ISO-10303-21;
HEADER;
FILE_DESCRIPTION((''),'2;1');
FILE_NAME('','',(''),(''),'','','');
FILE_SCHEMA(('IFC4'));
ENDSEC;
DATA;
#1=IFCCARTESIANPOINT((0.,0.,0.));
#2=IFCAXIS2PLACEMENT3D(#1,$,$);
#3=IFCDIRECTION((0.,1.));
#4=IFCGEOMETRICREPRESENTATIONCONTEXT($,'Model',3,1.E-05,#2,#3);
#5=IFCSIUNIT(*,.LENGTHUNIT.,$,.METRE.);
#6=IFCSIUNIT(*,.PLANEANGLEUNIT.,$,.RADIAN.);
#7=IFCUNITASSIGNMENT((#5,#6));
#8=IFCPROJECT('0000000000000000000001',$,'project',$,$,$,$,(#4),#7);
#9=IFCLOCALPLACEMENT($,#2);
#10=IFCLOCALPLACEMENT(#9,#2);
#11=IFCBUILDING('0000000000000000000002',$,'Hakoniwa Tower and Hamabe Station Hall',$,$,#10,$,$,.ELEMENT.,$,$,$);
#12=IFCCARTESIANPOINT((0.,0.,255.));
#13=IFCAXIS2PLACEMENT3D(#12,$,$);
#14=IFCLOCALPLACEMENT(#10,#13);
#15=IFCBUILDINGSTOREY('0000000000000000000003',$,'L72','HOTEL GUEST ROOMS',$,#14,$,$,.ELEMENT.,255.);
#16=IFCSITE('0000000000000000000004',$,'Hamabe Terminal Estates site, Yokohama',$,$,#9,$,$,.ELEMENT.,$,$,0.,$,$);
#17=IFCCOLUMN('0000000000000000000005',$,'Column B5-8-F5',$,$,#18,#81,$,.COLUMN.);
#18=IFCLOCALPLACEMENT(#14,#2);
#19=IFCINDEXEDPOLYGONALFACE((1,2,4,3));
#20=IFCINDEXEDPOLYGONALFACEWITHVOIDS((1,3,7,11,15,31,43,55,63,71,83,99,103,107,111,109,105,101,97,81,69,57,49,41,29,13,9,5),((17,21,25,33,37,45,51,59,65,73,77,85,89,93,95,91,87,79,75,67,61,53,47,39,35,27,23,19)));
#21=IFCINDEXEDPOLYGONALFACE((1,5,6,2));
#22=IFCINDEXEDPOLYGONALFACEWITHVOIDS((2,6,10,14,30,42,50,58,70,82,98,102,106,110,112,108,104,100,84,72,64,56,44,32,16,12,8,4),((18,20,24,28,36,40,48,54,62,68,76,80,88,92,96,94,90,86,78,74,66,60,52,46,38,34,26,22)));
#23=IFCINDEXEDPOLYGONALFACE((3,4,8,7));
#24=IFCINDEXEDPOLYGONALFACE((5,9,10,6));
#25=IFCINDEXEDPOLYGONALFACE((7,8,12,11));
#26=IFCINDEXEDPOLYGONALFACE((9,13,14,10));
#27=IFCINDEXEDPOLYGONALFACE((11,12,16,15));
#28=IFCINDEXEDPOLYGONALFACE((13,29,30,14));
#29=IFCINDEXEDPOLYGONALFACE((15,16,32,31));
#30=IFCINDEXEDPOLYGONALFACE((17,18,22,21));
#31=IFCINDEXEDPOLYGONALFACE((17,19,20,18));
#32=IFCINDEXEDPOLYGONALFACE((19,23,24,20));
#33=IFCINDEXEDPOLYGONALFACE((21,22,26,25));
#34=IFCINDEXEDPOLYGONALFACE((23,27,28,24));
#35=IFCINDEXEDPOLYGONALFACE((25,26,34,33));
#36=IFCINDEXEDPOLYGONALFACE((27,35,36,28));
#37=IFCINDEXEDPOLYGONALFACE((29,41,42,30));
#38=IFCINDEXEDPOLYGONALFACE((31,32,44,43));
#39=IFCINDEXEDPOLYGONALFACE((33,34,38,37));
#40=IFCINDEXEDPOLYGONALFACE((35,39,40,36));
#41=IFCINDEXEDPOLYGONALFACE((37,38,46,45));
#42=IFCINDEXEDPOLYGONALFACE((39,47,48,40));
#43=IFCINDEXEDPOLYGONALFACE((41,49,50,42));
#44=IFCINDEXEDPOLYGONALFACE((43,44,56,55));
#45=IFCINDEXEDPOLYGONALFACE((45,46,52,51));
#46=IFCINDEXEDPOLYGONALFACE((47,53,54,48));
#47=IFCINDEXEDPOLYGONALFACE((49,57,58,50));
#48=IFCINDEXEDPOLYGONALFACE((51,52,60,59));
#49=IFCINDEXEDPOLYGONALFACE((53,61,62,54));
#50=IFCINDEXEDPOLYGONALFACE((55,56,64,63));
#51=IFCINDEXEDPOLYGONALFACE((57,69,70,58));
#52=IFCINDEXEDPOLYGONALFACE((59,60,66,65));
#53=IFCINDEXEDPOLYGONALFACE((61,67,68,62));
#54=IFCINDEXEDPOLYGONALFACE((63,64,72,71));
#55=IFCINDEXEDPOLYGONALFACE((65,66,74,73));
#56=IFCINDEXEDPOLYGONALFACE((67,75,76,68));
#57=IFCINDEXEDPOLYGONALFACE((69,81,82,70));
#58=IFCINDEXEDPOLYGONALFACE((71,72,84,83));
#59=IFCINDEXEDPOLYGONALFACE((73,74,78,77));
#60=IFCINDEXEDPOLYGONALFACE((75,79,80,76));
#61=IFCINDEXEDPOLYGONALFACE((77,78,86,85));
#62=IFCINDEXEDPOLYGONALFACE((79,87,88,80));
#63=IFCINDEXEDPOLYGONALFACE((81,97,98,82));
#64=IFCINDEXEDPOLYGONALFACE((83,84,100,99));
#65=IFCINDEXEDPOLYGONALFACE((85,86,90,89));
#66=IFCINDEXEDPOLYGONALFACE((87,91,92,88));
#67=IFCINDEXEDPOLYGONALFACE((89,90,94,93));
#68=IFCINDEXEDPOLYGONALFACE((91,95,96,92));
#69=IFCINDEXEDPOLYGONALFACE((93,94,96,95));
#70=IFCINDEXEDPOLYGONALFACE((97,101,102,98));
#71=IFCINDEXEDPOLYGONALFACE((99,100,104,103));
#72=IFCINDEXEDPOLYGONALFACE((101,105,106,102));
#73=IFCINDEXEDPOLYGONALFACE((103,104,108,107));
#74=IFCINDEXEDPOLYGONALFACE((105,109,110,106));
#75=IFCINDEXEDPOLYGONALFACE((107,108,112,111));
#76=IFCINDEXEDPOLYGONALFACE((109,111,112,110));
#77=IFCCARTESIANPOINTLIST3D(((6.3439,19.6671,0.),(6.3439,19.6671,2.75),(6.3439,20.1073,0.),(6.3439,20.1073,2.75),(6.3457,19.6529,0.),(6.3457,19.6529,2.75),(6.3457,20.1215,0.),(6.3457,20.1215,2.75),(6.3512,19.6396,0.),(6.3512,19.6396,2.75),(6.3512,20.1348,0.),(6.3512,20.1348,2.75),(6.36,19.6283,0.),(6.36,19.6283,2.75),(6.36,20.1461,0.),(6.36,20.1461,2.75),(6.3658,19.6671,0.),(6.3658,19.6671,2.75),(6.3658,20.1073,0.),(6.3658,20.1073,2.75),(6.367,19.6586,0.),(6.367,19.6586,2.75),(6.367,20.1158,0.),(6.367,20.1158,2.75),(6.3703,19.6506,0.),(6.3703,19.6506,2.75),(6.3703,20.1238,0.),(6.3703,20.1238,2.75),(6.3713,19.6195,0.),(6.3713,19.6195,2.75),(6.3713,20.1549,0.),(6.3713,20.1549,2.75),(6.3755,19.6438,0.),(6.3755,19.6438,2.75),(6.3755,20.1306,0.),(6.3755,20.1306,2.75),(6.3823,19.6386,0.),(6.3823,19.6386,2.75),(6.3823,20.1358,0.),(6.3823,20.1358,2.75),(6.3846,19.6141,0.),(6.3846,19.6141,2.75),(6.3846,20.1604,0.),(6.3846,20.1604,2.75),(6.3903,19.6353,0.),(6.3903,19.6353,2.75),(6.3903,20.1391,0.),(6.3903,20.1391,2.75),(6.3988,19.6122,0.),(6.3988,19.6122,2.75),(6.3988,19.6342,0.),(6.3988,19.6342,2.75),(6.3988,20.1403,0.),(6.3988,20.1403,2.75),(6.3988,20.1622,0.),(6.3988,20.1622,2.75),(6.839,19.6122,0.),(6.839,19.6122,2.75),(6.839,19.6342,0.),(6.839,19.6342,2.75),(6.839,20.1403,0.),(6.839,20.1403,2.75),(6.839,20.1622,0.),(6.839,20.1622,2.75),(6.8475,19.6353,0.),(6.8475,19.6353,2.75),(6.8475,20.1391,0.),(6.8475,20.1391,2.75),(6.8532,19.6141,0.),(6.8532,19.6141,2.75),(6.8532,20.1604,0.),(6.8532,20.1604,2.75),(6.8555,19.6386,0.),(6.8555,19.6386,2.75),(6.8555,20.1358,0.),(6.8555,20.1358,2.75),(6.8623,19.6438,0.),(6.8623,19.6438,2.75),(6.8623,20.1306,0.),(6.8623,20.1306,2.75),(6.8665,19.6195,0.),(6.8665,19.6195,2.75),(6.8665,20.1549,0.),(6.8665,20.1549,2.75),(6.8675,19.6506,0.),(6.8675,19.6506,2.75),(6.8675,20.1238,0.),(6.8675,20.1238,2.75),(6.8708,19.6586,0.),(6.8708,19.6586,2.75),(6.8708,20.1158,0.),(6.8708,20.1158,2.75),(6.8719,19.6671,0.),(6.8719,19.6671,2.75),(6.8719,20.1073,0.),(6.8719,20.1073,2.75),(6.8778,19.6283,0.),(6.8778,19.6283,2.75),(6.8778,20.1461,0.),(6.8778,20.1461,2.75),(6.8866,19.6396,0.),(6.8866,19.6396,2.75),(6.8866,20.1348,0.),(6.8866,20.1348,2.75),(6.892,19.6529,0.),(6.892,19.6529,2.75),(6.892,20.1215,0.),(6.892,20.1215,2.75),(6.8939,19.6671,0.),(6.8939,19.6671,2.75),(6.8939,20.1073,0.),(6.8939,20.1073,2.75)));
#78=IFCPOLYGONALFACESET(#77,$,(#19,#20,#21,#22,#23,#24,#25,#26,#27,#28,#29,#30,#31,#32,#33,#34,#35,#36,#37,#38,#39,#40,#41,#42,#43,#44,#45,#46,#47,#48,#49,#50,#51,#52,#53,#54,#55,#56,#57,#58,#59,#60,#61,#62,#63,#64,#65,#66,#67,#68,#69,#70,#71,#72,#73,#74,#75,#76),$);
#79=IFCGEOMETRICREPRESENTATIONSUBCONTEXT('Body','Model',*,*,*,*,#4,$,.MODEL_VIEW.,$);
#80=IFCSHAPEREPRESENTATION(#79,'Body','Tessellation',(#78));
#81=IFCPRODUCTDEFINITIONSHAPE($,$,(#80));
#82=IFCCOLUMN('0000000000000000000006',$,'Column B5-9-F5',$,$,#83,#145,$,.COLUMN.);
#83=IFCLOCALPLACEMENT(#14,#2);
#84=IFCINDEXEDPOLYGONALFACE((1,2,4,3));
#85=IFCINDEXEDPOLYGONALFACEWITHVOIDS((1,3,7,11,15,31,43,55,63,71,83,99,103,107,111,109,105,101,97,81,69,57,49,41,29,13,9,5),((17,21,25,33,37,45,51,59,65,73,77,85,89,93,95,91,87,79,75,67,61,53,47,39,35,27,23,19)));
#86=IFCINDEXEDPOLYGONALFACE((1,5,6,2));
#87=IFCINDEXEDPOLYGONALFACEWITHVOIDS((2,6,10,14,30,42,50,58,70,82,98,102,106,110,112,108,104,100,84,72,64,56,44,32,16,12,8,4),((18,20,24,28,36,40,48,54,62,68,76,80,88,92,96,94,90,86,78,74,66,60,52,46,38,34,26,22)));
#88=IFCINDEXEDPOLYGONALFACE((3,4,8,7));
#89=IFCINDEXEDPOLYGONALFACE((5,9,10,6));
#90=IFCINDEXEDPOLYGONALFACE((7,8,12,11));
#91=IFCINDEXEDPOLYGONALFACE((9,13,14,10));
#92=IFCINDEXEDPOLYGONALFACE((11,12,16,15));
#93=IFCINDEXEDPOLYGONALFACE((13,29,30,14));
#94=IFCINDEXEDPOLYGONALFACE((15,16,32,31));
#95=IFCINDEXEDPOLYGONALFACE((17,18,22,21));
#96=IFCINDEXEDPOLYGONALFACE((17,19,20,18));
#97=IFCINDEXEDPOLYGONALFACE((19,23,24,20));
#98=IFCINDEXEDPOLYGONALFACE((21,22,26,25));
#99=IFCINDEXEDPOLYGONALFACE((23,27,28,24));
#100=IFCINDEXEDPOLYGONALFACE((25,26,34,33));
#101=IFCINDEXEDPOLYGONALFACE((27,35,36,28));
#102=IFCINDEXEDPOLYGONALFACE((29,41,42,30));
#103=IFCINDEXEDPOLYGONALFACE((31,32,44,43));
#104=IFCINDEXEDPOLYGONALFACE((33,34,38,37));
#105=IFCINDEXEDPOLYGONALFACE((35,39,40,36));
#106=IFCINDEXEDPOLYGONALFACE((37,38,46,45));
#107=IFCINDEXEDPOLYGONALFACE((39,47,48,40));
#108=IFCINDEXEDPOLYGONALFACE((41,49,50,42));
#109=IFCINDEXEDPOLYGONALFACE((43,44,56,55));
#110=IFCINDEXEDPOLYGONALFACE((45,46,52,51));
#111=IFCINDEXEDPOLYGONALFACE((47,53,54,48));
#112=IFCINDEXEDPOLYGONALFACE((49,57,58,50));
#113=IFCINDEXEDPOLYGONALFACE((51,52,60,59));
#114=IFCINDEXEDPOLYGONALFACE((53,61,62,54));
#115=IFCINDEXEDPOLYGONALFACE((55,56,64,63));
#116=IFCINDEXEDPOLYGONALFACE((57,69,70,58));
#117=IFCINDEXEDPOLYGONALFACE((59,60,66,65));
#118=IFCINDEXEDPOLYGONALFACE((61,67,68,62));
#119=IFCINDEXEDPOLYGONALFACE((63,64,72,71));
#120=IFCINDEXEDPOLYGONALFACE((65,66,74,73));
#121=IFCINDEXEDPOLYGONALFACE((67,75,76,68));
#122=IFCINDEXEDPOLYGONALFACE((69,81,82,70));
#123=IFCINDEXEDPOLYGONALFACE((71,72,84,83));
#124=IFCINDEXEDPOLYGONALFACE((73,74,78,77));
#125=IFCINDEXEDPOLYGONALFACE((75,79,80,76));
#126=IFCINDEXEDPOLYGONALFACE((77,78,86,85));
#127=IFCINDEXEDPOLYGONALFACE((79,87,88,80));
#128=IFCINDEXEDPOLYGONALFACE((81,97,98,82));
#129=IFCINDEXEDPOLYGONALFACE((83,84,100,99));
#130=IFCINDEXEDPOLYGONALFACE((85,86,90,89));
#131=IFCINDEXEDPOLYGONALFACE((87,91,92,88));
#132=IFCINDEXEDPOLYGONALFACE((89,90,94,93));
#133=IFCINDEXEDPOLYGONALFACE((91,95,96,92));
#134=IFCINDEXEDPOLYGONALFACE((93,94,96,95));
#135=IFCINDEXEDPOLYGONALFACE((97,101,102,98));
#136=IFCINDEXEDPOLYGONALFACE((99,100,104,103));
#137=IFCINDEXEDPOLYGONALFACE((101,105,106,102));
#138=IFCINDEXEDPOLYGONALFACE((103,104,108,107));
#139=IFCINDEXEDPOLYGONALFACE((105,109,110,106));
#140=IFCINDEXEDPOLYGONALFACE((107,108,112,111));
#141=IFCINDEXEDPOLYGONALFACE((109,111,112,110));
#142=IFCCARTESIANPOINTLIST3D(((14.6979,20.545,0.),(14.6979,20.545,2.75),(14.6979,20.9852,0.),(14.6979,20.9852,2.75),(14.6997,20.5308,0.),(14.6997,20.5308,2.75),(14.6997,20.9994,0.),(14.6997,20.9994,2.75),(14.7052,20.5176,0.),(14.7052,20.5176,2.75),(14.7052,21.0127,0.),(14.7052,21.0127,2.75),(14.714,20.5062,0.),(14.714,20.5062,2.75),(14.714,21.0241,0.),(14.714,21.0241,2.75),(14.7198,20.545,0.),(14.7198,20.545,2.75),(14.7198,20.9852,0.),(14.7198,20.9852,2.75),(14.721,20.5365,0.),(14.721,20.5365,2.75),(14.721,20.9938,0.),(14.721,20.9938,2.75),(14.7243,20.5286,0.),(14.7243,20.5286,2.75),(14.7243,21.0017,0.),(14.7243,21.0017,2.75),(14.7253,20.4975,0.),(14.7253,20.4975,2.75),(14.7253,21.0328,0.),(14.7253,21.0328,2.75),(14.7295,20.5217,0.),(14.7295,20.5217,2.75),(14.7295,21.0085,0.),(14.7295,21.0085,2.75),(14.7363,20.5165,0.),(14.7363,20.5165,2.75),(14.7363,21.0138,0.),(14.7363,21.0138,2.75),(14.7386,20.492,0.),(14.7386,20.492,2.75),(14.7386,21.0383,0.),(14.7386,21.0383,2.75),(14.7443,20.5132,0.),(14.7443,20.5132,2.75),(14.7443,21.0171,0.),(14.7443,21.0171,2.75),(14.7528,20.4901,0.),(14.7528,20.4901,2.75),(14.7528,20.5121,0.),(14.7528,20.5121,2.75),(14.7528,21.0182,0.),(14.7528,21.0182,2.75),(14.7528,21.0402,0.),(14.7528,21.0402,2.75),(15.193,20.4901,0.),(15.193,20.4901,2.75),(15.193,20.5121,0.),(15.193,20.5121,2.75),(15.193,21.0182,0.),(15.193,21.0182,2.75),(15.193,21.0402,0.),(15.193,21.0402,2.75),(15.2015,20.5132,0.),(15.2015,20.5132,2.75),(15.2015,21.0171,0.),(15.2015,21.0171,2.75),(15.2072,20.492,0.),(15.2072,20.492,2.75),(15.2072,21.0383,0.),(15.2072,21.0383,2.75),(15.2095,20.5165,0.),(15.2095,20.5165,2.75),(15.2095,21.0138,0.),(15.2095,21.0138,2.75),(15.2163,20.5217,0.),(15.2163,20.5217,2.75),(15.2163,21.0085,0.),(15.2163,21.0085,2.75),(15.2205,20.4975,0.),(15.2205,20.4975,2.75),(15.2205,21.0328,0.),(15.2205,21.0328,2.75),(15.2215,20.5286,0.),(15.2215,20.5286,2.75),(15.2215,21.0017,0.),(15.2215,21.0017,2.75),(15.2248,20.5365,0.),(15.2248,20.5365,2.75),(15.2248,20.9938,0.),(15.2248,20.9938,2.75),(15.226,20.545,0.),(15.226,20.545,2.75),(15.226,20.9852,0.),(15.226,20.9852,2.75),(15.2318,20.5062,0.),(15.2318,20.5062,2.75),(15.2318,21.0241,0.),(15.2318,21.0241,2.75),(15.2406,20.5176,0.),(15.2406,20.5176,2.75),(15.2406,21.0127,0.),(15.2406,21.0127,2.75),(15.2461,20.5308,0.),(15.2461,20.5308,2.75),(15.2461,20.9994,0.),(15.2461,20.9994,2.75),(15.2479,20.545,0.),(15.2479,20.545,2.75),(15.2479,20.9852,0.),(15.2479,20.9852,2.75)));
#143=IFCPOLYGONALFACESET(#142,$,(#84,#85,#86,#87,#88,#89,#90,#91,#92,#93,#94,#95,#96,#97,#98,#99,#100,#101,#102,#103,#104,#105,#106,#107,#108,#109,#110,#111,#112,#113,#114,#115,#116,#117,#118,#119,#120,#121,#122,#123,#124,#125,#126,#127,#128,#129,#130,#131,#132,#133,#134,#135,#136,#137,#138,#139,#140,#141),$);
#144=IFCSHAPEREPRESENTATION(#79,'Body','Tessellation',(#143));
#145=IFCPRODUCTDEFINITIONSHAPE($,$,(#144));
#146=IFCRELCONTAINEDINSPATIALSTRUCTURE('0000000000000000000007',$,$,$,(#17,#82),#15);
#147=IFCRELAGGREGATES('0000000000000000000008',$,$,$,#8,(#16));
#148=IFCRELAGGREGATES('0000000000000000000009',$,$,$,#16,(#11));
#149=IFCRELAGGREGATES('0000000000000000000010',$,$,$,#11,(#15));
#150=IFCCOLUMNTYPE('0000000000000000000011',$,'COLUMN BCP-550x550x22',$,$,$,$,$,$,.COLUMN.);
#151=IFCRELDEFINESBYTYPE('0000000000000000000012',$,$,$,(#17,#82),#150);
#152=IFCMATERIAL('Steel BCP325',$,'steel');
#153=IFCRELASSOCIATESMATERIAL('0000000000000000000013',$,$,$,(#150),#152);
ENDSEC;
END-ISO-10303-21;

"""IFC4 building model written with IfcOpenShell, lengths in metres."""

from ifc_helpers import new_model, si_unit, direction, frame, origin, origin_2d, place, context, subcontext, project, spatial, hollow_rectangle, extrude, material, material_profile, profile_set, type_object, element, save


model = new_model("IFC4")

# Units and contexts
model_context = context("Model", 3, precision=1e-05, world=origin(), true_north=direction((0.0, 1.0)))
body_context = subcontext(model_context, "Body", "Model", "MODEL_VIEW")
ifc_project = project(units=[si_unit("LENGTHUNIT", "METRE"), si_unit("PLANEANGLEUNIT", "RADIAN")], contexts=[model_context])

# Site, building, storey
site_placement = place(None, origin())
site = spatial("IfcSite", under=ifc_project, at=site_placement, Name="Hamabe Terminal Estates site, Yokohama", CompositionType="ELEMENT", RefElevation=0.0)
building_placement = place(site_placement, origin())
building = spatial("IfcBuilding", under=site, at=building_placement, Name="Hakoniwa Tower and Hamabe Station Hall", CompositionType="ELEMENT")
storey_placement = place(building_placement, frame((0.0, 0.0, 255.0)))
storey = spatial("IfcBuildingStorey", under=building, at=storey_placement, Name="L72", Description="HOTEL GUEST ROOMS", CompositionType="ELEMENT", Elevation=255.0)

# Columns
ifc_material_1 = material(Name="Steel BCP325", Category="steel")
ifc_material_profile_1 = material_profile(ifc_material_1, hollow_rectangle(XDim=0.55, YDim=0.55, WallThickness=0.022, InnerFilletRadius=0.033, OuterFilletRadius=0.0549, at=origin_2d()), Name="BCP-550x550x22")
ifc_profile_set_1 = profile_set([ifc_material_profile_1], Name="Steel BCP325")
column_type_1 = type_object("IfcColumnType", Name="COLUMN BCP-550x550x22", PredefinedType="COLUMN", material=ifc_profile_set_1)
for number, where, z_axis, x_axis, name in (
    (1, (6.6189, 19.8872, 0.0), (0.0, 0.0, 1.0), (1.0, 0.0, 0.0), "Column B5-8-F5"),
    (2, (14.9729, 20.7651, 0.0), (0.0, 0.0, 1.0), (1.0, 0.0, 0.0), "Column B5-9-F5"),
):
    element("IfcColumn", number, at=place(storey_placement, frame(where, z_axis=z_axis, x_axis=x_axis)), inside=storey, type_object=column_type_1, Name=name, PredefinedType="COLUMN", context=body_context, shape_type="SweptSolid", body=[
        extrude(hollow_rectangle(XDim=0.55, YDim=0.55, WallThickness=0.022, InnerFilletRadius=0.033, OuterFilletRadius=0.0549, at=origin_2d()), origin(), (0.0, 0.0, 1.0), 2.75),
    ])

save(model, "model.ifc")
